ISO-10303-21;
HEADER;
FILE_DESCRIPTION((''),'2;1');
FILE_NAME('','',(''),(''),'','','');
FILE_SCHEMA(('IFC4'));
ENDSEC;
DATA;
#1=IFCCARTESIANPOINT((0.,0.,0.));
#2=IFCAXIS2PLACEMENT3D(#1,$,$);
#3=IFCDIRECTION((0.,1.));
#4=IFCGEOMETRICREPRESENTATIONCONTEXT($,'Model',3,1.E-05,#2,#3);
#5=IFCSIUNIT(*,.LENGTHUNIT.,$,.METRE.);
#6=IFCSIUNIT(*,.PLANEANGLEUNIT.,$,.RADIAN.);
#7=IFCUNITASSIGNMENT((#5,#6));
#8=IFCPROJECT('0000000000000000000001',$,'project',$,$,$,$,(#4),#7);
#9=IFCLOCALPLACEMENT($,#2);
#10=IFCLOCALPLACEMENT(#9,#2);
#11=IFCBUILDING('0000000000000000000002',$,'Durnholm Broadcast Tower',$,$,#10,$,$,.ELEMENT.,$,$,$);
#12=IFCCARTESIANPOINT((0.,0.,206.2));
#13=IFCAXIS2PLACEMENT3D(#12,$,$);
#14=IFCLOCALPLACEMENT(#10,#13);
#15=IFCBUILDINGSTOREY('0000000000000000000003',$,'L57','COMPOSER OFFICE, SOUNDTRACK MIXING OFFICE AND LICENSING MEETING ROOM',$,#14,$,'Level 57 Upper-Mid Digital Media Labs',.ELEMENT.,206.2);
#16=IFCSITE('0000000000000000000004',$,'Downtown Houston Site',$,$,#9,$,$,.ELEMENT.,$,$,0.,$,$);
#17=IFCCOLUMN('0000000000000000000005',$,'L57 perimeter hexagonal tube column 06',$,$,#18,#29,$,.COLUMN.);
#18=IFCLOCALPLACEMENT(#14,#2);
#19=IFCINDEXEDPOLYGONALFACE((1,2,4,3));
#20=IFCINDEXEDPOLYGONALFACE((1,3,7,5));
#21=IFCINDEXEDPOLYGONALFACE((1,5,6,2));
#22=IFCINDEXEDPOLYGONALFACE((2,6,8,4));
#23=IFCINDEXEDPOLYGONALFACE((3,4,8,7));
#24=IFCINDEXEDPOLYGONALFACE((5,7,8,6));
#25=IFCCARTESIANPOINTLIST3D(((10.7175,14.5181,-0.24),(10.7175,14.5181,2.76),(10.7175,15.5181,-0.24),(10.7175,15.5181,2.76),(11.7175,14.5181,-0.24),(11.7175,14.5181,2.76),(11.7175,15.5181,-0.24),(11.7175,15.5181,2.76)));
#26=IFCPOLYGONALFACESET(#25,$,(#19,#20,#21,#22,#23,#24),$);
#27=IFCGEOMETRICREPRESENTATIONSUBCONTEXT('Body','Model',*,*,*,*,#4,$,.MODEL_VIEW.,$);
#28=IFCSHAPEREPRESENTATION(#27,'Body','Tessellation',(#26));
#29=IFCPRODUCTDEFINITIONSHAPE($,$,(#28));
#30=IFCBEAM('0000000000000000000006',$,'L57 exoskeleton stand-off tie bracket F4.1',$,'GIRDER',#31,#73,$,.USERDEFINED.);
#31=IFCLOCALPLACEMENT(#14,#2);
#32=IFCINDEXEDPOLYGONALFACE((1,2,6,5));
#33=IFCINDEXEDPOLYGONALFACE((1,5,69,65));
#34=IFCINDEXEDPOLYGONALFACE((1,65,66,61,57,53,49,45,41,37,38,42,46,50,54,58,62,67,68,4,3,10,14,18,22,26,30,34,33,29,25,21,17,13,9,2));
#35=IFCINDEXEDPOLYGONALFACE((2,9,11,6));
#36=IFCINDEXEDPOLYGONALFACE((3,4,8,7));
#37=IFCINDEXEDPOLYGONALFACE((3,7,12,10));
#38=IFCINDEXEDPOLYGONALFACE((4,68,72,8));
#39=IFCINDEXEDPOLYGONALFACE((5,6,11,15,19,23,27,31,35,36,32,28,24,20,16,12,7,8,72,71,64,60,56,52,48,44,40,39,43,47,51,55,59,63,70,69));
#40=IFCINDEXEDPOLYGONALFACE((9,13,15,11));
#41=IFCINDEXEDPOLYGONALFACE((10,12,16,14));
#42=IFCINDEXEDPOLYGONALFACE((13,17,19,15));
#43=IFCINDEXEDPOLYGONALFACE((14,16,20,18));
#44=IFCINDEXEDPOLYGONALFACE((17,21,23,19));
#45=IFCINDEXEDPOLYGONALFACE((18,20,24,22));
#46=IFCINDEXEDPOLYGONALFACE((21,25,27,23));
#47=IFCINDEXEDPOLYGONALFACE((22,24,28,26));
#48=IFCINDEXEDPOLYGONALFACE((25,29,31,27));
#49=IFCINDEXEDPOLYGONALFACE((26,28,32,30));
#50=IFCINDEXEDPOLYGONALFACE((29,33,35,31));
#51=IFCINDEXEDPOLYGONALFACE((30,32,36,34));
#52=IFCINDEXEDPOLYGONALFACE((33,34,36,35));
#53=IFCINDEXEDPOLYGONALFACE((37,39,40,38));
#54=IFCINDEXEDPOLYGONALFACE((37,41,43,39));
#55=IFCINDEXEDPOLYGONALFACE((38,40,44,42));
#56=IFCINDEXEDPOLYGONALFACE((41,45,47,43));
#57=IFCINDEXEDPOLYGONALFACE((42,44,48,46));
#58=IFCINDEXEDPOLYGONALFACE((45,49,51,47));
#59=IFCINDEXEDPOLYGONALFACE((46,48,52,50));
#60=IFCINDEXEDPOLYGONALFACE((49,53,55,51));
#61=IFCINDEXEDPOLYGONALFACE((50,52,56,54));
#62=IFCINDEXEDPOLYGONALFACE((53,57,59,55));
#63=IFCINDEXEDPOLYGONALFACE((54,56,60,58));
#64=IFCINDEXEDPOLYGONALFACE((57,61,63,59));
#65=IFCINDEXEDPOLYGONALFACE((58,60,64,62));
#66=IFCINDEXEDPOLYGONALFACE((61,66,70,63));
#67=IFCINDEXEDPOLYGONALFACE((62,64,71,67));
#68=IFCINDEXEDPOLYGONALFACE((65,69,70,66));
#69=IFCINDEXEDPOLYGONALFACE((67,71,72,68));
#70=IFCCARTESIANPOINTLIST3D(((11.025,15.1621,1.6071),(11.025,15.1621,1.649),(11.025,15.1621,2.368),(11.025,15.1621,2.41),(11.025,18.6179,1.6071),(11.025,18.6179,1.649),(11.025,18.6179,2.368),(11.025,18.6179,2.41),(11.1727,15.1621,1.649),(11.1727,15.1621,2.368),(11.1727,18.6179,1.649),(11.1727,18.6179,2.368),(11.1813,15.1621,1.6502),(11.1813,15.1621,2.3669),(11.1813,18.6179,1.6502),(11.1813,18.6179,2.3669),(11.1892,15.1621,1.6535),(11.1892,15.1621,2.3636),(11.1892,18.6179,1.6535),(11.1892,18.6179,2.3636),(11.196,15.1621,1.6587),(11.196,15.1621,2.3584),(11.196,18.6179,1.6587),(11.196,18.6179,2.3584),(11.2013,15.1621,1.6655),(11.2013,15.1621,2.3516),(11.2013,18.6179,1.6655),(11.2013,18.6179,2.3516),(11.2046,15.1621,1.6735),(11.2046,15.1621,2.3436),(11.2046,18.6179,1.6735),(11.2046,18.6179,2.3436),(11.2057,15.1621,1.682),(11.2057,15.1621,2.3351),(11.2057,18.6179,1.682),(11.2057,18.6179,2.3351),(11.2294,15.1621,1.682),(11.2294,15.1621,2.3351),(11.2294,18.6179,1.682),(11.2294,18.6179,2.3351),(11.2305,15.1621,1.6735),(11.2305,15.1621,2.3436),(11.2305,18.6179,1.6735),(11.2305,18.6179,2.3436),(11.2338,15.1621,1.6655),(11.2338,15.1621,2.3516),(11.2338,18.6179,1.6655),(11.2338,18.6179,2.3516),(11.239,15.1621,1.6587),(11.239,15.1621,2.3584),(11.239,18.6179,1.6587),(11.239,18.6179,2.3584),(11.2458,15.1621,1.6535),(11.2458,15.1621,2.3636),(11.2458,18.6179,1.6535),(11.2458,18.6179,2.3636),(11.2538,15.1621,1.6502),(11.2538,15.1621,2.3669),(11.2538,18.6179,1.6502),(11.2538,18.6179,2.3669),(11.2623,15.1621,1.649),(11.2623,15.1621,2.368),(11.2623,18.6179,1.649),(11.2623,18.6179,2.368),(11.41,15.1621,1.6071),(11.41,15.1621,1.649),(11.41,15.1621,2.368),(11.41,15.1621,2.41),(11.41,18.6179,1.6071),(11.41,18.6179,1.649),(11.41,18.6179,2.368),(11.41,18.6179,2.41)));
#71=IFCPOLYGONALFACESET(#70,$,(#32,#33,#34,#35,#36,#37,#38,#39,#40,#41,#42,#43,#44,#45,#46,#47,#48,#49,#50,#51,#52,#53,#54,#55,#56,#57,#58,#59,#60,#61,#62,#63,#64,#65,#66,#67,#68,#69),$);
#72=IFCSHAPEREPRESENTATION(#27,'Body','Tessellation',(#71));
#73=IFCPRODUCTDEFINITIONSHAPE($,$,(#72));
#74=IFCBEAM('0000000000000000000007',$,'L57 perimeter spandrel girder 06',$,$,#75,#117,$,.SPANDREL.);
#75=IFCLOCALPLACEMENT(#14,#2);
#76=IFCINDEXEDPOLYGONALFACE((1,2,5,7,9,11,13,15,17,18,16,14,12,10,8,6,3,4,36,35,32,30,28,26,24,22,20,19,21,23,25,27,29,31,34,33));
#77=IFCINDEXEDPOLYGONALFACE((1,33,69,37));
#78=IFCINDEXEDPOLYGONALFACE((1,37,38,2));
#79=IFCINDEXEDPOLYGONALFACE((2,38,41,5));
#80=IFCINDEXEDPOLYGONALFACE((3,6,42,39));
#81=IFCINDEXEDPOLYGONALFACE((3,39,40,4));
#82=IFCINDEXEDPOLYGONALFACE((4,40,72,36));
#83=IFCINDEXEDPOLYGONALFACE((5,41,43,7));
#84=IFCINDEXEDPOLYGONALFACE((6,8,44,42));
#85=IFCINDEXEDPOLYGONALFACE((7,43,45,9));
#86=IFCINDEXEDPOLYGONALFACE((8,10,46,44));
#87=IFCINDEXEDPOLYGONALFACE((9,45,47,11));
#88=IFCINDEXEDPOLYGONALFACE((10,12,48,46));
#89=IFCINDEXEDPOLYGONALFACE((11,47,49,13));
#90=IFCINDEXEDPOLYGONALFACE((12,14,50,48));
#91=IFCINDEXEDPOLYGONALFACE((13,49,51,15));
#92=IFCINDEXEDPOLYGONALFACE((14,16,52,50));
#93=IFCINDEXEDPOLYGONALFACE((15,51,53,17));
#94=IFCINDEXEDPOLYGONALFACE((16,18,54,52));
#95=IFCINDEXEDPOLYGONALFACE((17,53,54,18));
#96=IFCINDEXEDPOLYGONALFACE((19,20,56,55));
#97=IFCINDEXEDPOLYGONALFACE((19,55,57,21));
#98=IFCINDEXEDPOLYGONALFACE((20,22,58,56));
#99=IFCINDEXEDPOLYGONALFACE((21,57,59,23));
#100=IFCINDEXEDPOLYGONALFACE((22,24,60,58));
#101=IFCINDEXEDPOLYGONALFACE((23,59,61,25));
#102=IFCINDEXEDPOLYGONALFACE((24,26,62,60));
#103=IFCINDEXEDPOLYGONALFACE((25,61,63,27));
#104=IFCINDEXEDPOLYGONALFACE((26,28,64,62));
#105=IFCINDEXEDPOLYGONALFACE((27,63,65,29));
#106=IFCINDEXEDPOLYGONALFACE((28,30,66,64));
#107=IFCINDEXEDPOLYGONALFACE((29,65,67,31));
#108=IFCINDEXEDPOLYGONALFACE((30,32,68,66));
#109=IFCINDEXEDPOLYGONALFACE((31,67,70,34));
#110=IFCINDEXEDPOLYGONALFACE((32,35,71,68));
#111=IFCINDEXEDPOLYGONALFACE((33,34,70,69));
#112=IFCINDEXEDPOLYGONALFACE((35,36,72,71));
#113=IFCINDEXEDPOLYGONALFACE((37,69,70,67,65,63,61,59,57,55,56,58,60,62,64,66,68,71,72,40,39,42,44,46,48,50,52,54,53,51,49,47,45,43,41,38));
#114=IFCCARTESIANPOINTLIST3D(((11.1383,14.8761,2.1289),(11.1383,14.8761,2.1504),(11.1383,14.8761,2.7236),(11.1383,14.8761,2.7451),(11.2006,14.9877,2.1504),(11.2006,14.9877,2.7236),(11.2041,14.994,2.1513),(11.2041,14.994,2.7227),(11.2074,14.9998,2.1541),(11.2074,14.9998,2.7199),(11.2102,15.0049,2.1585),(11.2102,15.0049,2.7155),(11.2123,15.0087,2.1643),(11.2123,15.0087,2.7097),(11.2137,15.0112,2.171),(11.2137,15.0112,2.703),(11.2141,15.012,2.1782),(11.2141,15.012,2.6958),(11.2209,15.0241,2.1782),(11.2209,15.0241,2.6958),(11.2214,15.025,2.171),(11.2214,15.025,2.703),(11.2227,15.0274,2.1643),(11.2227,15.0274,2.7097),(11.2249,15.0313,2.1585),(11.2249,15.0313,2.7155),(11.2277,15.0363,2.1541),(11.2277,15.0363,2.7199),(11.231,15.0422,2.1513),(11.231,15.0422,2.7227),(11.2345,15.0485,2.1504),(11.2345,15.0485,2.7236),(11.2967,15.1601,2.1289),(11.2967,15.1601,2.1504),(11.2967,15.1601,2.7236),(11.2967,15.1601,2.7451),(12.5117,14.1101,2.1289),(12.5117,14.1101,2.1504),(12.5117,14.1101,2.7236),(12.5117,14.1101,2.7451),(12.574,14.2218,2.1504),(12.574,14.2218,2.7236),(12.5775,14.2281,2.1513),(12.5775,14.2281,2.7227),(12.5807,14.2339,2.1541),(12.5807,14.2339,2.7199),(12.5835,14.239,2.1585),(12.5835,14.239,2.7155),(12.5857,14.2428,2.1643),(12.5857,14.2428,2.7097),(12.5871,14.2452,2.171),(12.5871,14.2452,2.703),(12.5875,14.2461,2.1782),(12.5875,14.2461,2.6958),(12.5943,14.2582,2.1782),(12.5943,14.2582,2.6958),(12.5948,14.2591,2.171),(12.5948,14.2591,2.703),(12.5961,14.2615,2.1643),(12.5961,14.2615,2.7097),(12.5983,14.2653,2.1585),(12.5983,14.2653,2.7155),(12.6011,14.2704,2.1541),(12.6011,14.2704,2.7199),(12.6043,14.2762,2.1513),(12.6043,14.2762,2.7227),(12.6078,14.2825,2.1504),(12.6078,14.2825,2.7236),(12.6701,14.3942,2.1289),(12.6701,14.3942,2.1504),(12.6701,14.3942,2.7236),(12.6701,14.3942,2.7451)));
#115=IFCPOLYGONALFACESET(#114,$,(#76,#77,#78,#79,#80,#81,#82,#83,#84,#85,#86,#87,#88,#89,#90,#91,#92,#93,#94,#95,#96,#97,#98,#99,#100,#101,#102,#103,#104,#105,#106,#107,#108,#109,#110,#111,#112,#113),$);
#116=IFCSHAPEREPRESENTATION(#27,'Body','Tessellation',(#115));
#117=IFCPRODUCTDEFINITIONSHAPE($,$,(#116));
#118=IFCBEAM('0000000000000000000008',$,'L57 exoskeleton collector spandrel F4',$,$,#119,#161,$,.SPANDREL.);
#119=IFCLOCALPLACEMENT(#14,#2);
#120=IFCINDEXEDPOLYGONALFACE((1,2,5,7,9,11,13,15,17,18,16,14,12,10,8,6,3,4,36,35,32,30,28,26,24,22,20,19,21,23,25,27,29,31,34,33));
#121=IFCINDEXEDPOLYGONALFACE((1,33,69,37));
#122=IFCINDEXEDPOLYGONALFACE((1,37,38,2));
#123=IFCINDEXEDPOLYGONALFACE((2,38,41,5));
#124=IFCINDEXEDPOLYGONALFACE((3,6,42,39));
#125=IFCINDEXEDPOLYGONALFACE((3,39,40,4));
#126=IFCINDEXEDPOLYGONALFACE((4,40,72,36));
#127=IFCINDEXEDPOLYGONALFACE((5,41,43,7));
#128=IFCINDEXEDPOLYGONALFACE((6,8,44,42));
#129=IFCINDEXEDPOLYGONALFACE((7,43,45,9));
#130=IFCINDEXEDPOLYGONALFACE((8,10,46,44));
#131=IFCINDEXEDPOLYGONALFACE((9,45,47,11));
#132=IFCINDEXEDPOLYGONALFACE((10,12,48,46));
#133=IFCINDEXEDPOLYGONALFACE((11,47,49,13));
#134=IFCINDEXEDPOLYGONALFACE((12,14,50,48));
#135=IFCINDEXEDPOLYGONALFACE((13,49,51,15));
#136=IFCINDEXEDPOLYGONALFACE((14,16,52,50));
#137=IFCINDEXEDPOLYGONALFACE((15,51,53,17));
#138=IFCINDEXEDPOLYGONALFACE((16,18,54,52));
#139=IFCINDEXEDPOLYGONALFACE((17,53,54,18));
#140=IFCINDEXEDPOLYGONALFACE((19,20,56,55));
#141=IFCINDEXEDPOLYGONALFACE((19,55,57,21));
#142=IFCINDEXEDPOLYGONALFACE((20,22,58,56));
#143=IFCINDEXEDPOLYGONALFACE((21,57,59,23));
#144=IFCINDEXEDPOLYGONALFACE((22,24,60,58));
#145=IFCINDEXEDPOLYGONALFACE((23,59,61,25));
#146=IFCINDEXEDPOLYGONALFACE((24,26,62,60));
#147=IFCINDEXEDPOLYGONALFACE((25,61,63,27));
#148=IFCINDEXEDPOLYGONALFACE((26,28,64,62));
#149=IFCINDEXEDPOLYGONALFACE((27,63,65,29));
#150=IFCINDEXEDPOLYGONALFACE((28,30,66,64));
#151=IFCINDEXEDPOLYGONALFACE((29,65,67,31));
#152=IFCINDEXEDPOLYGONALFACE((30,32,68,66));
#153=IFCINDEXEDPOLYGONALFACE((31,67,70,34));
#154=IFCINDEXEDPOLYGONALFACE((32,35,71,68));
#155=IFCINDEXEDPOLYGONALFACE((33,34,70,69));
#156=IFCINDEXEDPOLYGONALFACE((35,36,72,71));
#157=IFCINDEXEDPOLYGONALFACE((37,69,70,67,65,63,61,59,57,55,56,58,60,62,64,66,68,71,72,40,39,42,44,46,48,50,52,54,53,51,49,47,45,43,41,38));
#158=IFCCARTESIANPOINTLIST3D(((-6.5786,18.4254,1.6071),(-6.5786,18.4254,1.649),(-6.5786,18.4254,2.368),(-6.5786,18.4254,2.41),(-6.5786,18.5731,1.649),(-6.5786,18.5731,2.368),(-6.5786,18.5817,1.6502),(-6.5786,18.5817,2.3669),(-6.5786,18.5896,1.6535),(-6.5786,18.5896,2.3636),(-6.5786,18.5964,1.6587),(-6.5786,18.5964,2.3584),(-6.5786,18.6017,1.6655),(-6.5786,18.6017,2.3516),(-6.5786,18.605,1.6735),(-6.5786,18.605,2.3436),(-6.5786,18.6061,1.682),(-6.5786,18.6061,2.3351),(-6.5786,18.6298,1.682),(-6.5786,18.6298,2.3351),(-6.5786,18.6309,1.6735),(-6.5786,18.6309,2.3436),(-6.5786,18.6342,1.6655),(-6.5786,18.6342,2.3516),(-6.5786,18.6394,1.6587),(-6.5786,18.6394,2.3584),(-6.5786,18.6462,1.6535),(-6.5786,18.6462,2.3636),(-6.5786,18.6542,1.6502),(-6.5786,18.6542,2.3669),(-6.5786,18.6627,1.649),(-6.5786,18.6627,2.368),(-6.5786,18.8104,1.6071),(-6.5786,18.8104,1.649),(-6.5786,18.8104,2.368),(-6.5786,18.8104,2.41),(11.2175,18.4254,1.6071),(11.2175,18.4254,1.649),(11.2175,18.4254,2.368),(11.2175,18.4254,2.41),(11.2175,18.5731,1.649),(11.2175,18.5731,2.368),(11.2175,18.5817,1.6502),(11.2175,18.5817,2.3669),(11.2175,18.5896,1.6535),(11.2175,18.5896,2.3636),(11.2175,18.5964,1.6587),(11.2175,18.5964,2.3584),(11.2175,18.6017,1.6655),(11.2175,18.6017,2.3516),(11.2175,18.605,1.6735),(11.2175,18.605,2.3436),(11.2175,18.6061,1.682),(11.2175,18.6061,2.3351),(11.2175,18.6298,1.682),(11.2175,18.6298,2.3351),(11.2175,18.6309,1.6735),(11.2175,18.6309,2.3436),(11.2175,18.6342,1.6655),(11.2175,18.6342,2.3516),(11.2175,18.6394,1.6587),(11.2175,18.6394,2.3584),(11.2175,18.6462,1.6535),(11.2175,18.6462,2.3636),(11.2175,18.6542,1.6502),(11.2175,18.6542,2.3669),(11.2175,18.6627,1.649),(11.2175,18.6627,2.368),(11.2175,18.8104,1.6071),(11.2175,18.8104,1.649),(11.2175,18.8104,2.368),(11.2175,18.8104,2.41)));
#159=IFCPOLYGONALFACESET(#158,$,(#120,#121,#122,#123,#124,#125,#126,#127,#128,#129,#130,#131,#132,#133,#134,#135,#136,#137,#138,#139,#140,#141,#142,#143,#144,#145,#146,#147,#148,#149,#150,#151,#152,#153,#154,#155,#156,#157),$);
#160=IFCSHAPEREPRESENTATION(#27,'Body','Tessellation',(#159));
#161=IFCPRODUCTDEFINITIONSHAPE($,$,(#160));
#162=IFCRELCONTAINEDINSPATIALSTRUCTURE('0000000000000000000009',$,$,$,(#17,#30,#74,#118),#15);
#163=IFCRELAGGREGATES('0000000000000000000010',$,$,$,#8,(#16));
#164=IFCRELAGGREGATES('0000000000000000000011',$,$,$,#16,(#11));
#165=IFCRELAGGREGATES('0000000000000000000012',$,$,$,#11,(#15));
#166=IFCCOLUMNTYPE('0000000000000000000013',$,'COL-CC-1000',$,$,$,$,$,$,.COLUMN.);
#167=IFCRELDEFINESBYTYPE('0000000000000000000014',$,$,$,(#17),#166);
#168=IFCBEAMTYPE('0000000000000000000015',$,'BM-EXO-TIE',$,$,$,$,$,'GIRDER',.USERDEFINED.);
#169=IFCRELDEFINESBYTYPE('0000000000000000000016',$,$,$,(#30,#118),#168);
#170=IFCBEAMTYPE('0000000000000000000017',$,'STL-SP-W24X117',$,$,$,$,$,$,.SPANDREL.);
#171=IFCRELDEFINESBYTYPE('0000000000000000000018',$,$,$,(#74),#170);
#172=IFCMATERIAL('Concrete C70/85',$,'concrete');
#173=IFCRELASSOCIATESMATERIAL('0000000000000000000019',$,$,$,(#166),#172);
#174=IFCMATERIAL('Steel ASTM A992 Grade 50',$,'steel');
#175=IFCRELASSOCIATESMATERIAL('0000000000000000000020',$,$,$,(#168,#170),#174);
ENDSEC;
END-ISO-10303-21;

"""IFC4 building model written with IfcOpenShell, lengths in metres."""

from ifc_helpers import new_model, si_unit, direction, frame, origin, origin_2d, place, context, subcontext, project, spatial, rectangle, i_section, extrude, source, transform, mapped, material, material_profile, profile_set, type_object, type_shapes, element, save


model = new_model("IFC4")

# Units and contexts
model_context = context("Model", 3, precision=1e-05, world=origin(), true_north=direction((0.0, 1.0)))
body_context = subcontext(model_context, "Body", "Model", "MODEL_VIEW")
ifc_project = project(units=[si_unit("LENGTHUNIT", "METRE"), si_unit("PLANEANGLEUNIT", "RADIAN")], contexts=[model_context])

# Site, building, storey
site_placement = place(None, origin())
site = spatial("IfcSite", under=ifc_project, at=site_placement, Name="Downtown Houston Site", CompositionType="ELEMENT", RefElevation=0.0)
building_placement = place(site_placement, origin())
building = spatial("IfcBuilding", under=site, at=building_placement, Name="Durnholm Broadcast Tower", CompositionType="ELEMENT")
storey_placement = place(building_placement, frame((0.0, 0.0, 206.2)))
storey = spatial("IfcBuildingStorey", under=building, at=storey_placement, Name="L57", Description="COMPOSER OFFICE, SOUNDTRACK MIXING OFFICE AND LICENSING MEETING ROOM", LongName="Level 57 Upper-Mid Digital Media Labs", CompositionType="ELEMENT", Elevation=206.2)

# Column
ifc_material_1 = material(Name="Concrete C70/85", Category="concrete")
ifc_material_profile_1 = material_profile(ifc_material_1, rectangle(XDim=1.0, YDim=1.0, at=origin_2d()), Name="RC1000X1000")
ifc_profile_set_1 = profile_set([ifc_material_profile_1], Name="Concrete C70/85")
column_type = type_object("IfcColumnType", Name="COL-CC-1000", PredefinedType="COLUMN", material=ifc_profile_set_1)
shared_shape_1 = source(origin(), body_context, "Body", "SweptSolid", [
    extrude(rectangle(XDim=1.0, YDim=1.0, at=origin_2d()), origin(), (0.0, 0.0, 1.0), 3.0),
])
type_shapes(column_type, [shared_shape_1])
column_placement = place(storey_placement, frame((11.2175, 15.0181, -0.24), z_axis=(0.0, 0.0, 1.0), x_axis=(1.0, 0.0, 0.0)))
element("IfcColumn", 1, at=column_placement, inside=storey, type_object=column_type, Name="L57 perimeter hexagonal tube column 06", PredefinedType="COLUMN", context=body_context, shape_type="MappedRepresentation", body=[
    mapped(shared_shape_1, transform((0.0, 0.0, 0.0), x_axis=(1.0, 0.0, 0.0), y_axis=(0.0, 1.0, 0.0), z_axis=(0.0, 0.0, 1.0), scale=1.0)),
])

# Beams
ifc_material_2 = material(Name="Steel ASTM A992 Grade 50", Category="steel")
ifc_material_profile_2 = material_profile(ifc_material_2, i_section(OverallWidth=0.385, OverallDepth=0.803, WebThickness=0.0237, FlangeThickness=0.042, FilletRadius=0.033, at=origin_2d()), Name="W30X261")
ifc_profile_set_2 = profile_set([ifc_material_profile_2], Name="Steel ASTM A992 Grade 50")
beam_type_1 = type_object("IfcBeamType", Name="BM-EXO-TIE", ElementType="GIRDER", PredefinedType="USERDEFINED", material=ifc_profile_set_2)
shared_shape_2 = source(origin(), body_context, "Body", "SweptSolid", [
    extrude(i_section(OverallWidth=0.385, OverallDepth=0.803, WebThickness=0.0237, FlangeThickness=0.042, FilletRadius=0.033, at=origin_2d()), origin(), (0.0, 0.0, 1.0), 3.4558),
])
beam_1_placement = place(storey_placement, frame((11.2175, 15.1621, 2.0085), z_axis=(0.0, 1.0, 0.0), x_axis=(-1.0, 0.0, 0.0)))
element("IfcBeam", 2, at=beam_1_placement, inside=storey, type_object=beam_type_1, Name="L57 exoskeleton stand-off tie bracket F4.1", ObjectType="GIRDER", PredefinedType="USERDEFINED", context=body_context, shape_type="MappedRepresentation", body=[
    mapped(shared_shape_2, transform((0.0, 0.0, 0.0), x_axis=(1.0, 0.0, 0.0), y_axis=(0.0, 1.0, 0.0), z_axis=(0.0, 0.0, 1.0), scale=1.0)),
])
ifc_material_profile_3 = material_profile(ifc_material_2, i_section(OverallWidth=0.3252, OverallDepth=0.6162, WebThickness=0.0139, FlangeThickness=0.0215, FilletRadius=0.0278, at=origin_2d()), Name="W24X117")
ifc_profile_set_3 = profile_set([ifc_material_profile_3], Name="Steel ASTM A992 Grade 50")
beam_type_2 = type_object("IfcBeamType", Name="STL-SP-W24X117", PredefinedType="SPANDREL", material=ifc_profile_set_3)
shared_shape_3 = source(origin(), body_context, "Body", "SweptSolid", [
    extrude(i_section(OverallWidth=0.3252, OverallDepth=0.6162, WebThickness=0.0139, FlangeThickness=0.0215, FilletRadius=0.0278, at=origin_2d()), origin(), (0.0, 0.0, 1.0), 1.5725),
])
type_shapes(beam_type_2, [shared_shape_3])
beam_2_placement = place(storey_placement, frame((11.2175, 15.0181, 2.437), z_axis=(0.873365, -0.487066, 0.0), x_axis=(0.487066, 0.873365, 0.0)))
element("IfcBeam", 3, at=beam_2_placement, inside=storey, type_object=beam_type_2, Name="L57 perimeter spandrel girder 06", PredefinedType="SPANDREL", context=body_context, shape_type="MappedRepresentation", body=[
    mapped(shared_shape_3, transform((0.0, 0.0, 0.0), x_axis=(1.0, 0.0, 0.0), y_axis=(0.0, 1.0, 0.0), z_axis=(0.0, 0.0, 1.0), scale=1.0)),
])
shared_shape_4 = source(origin(), body_context, "Body", "SweptSolid", [
    extrude(i_section(OverallWidth=0.385, OverallDepth=0.803, WebThickness=0.0237, FlangeThickness=0.042, FilletRadius=0.033, at=origin_2d()), origin(), (0.0, 0.0, 1.0), 17.7961),
])
type_shapes(beam_type_1, [shared_shape_2, shared_shape_4])
beam_3_placement = place(storey_placement, frame((11.2175, 18.6179, 2.0085), z_axis=(-1.0, 0.0, 0.0), x_axis=(0.0, -1.0, 0.0)))
element("IfcBeam", 4, at=beam_3_placement, inside=storey, type_object=beam_type_1, Name="L57 exoskeleton collector spandrel F4", PredefinedType="SPANDREL", context=body_context, shape_type="MappedRepresentation", body=[
    mapped(shared_shape_4, transform((0.0, 0.0, 0.0), x_axis=(1.0, 0.0, 0.0), y_axis=(0.0, 1.0, 0.0), z_axis=(0.0, 0.0, 1.0), scale=1.0)),
])

save(model, "model.ifc")
